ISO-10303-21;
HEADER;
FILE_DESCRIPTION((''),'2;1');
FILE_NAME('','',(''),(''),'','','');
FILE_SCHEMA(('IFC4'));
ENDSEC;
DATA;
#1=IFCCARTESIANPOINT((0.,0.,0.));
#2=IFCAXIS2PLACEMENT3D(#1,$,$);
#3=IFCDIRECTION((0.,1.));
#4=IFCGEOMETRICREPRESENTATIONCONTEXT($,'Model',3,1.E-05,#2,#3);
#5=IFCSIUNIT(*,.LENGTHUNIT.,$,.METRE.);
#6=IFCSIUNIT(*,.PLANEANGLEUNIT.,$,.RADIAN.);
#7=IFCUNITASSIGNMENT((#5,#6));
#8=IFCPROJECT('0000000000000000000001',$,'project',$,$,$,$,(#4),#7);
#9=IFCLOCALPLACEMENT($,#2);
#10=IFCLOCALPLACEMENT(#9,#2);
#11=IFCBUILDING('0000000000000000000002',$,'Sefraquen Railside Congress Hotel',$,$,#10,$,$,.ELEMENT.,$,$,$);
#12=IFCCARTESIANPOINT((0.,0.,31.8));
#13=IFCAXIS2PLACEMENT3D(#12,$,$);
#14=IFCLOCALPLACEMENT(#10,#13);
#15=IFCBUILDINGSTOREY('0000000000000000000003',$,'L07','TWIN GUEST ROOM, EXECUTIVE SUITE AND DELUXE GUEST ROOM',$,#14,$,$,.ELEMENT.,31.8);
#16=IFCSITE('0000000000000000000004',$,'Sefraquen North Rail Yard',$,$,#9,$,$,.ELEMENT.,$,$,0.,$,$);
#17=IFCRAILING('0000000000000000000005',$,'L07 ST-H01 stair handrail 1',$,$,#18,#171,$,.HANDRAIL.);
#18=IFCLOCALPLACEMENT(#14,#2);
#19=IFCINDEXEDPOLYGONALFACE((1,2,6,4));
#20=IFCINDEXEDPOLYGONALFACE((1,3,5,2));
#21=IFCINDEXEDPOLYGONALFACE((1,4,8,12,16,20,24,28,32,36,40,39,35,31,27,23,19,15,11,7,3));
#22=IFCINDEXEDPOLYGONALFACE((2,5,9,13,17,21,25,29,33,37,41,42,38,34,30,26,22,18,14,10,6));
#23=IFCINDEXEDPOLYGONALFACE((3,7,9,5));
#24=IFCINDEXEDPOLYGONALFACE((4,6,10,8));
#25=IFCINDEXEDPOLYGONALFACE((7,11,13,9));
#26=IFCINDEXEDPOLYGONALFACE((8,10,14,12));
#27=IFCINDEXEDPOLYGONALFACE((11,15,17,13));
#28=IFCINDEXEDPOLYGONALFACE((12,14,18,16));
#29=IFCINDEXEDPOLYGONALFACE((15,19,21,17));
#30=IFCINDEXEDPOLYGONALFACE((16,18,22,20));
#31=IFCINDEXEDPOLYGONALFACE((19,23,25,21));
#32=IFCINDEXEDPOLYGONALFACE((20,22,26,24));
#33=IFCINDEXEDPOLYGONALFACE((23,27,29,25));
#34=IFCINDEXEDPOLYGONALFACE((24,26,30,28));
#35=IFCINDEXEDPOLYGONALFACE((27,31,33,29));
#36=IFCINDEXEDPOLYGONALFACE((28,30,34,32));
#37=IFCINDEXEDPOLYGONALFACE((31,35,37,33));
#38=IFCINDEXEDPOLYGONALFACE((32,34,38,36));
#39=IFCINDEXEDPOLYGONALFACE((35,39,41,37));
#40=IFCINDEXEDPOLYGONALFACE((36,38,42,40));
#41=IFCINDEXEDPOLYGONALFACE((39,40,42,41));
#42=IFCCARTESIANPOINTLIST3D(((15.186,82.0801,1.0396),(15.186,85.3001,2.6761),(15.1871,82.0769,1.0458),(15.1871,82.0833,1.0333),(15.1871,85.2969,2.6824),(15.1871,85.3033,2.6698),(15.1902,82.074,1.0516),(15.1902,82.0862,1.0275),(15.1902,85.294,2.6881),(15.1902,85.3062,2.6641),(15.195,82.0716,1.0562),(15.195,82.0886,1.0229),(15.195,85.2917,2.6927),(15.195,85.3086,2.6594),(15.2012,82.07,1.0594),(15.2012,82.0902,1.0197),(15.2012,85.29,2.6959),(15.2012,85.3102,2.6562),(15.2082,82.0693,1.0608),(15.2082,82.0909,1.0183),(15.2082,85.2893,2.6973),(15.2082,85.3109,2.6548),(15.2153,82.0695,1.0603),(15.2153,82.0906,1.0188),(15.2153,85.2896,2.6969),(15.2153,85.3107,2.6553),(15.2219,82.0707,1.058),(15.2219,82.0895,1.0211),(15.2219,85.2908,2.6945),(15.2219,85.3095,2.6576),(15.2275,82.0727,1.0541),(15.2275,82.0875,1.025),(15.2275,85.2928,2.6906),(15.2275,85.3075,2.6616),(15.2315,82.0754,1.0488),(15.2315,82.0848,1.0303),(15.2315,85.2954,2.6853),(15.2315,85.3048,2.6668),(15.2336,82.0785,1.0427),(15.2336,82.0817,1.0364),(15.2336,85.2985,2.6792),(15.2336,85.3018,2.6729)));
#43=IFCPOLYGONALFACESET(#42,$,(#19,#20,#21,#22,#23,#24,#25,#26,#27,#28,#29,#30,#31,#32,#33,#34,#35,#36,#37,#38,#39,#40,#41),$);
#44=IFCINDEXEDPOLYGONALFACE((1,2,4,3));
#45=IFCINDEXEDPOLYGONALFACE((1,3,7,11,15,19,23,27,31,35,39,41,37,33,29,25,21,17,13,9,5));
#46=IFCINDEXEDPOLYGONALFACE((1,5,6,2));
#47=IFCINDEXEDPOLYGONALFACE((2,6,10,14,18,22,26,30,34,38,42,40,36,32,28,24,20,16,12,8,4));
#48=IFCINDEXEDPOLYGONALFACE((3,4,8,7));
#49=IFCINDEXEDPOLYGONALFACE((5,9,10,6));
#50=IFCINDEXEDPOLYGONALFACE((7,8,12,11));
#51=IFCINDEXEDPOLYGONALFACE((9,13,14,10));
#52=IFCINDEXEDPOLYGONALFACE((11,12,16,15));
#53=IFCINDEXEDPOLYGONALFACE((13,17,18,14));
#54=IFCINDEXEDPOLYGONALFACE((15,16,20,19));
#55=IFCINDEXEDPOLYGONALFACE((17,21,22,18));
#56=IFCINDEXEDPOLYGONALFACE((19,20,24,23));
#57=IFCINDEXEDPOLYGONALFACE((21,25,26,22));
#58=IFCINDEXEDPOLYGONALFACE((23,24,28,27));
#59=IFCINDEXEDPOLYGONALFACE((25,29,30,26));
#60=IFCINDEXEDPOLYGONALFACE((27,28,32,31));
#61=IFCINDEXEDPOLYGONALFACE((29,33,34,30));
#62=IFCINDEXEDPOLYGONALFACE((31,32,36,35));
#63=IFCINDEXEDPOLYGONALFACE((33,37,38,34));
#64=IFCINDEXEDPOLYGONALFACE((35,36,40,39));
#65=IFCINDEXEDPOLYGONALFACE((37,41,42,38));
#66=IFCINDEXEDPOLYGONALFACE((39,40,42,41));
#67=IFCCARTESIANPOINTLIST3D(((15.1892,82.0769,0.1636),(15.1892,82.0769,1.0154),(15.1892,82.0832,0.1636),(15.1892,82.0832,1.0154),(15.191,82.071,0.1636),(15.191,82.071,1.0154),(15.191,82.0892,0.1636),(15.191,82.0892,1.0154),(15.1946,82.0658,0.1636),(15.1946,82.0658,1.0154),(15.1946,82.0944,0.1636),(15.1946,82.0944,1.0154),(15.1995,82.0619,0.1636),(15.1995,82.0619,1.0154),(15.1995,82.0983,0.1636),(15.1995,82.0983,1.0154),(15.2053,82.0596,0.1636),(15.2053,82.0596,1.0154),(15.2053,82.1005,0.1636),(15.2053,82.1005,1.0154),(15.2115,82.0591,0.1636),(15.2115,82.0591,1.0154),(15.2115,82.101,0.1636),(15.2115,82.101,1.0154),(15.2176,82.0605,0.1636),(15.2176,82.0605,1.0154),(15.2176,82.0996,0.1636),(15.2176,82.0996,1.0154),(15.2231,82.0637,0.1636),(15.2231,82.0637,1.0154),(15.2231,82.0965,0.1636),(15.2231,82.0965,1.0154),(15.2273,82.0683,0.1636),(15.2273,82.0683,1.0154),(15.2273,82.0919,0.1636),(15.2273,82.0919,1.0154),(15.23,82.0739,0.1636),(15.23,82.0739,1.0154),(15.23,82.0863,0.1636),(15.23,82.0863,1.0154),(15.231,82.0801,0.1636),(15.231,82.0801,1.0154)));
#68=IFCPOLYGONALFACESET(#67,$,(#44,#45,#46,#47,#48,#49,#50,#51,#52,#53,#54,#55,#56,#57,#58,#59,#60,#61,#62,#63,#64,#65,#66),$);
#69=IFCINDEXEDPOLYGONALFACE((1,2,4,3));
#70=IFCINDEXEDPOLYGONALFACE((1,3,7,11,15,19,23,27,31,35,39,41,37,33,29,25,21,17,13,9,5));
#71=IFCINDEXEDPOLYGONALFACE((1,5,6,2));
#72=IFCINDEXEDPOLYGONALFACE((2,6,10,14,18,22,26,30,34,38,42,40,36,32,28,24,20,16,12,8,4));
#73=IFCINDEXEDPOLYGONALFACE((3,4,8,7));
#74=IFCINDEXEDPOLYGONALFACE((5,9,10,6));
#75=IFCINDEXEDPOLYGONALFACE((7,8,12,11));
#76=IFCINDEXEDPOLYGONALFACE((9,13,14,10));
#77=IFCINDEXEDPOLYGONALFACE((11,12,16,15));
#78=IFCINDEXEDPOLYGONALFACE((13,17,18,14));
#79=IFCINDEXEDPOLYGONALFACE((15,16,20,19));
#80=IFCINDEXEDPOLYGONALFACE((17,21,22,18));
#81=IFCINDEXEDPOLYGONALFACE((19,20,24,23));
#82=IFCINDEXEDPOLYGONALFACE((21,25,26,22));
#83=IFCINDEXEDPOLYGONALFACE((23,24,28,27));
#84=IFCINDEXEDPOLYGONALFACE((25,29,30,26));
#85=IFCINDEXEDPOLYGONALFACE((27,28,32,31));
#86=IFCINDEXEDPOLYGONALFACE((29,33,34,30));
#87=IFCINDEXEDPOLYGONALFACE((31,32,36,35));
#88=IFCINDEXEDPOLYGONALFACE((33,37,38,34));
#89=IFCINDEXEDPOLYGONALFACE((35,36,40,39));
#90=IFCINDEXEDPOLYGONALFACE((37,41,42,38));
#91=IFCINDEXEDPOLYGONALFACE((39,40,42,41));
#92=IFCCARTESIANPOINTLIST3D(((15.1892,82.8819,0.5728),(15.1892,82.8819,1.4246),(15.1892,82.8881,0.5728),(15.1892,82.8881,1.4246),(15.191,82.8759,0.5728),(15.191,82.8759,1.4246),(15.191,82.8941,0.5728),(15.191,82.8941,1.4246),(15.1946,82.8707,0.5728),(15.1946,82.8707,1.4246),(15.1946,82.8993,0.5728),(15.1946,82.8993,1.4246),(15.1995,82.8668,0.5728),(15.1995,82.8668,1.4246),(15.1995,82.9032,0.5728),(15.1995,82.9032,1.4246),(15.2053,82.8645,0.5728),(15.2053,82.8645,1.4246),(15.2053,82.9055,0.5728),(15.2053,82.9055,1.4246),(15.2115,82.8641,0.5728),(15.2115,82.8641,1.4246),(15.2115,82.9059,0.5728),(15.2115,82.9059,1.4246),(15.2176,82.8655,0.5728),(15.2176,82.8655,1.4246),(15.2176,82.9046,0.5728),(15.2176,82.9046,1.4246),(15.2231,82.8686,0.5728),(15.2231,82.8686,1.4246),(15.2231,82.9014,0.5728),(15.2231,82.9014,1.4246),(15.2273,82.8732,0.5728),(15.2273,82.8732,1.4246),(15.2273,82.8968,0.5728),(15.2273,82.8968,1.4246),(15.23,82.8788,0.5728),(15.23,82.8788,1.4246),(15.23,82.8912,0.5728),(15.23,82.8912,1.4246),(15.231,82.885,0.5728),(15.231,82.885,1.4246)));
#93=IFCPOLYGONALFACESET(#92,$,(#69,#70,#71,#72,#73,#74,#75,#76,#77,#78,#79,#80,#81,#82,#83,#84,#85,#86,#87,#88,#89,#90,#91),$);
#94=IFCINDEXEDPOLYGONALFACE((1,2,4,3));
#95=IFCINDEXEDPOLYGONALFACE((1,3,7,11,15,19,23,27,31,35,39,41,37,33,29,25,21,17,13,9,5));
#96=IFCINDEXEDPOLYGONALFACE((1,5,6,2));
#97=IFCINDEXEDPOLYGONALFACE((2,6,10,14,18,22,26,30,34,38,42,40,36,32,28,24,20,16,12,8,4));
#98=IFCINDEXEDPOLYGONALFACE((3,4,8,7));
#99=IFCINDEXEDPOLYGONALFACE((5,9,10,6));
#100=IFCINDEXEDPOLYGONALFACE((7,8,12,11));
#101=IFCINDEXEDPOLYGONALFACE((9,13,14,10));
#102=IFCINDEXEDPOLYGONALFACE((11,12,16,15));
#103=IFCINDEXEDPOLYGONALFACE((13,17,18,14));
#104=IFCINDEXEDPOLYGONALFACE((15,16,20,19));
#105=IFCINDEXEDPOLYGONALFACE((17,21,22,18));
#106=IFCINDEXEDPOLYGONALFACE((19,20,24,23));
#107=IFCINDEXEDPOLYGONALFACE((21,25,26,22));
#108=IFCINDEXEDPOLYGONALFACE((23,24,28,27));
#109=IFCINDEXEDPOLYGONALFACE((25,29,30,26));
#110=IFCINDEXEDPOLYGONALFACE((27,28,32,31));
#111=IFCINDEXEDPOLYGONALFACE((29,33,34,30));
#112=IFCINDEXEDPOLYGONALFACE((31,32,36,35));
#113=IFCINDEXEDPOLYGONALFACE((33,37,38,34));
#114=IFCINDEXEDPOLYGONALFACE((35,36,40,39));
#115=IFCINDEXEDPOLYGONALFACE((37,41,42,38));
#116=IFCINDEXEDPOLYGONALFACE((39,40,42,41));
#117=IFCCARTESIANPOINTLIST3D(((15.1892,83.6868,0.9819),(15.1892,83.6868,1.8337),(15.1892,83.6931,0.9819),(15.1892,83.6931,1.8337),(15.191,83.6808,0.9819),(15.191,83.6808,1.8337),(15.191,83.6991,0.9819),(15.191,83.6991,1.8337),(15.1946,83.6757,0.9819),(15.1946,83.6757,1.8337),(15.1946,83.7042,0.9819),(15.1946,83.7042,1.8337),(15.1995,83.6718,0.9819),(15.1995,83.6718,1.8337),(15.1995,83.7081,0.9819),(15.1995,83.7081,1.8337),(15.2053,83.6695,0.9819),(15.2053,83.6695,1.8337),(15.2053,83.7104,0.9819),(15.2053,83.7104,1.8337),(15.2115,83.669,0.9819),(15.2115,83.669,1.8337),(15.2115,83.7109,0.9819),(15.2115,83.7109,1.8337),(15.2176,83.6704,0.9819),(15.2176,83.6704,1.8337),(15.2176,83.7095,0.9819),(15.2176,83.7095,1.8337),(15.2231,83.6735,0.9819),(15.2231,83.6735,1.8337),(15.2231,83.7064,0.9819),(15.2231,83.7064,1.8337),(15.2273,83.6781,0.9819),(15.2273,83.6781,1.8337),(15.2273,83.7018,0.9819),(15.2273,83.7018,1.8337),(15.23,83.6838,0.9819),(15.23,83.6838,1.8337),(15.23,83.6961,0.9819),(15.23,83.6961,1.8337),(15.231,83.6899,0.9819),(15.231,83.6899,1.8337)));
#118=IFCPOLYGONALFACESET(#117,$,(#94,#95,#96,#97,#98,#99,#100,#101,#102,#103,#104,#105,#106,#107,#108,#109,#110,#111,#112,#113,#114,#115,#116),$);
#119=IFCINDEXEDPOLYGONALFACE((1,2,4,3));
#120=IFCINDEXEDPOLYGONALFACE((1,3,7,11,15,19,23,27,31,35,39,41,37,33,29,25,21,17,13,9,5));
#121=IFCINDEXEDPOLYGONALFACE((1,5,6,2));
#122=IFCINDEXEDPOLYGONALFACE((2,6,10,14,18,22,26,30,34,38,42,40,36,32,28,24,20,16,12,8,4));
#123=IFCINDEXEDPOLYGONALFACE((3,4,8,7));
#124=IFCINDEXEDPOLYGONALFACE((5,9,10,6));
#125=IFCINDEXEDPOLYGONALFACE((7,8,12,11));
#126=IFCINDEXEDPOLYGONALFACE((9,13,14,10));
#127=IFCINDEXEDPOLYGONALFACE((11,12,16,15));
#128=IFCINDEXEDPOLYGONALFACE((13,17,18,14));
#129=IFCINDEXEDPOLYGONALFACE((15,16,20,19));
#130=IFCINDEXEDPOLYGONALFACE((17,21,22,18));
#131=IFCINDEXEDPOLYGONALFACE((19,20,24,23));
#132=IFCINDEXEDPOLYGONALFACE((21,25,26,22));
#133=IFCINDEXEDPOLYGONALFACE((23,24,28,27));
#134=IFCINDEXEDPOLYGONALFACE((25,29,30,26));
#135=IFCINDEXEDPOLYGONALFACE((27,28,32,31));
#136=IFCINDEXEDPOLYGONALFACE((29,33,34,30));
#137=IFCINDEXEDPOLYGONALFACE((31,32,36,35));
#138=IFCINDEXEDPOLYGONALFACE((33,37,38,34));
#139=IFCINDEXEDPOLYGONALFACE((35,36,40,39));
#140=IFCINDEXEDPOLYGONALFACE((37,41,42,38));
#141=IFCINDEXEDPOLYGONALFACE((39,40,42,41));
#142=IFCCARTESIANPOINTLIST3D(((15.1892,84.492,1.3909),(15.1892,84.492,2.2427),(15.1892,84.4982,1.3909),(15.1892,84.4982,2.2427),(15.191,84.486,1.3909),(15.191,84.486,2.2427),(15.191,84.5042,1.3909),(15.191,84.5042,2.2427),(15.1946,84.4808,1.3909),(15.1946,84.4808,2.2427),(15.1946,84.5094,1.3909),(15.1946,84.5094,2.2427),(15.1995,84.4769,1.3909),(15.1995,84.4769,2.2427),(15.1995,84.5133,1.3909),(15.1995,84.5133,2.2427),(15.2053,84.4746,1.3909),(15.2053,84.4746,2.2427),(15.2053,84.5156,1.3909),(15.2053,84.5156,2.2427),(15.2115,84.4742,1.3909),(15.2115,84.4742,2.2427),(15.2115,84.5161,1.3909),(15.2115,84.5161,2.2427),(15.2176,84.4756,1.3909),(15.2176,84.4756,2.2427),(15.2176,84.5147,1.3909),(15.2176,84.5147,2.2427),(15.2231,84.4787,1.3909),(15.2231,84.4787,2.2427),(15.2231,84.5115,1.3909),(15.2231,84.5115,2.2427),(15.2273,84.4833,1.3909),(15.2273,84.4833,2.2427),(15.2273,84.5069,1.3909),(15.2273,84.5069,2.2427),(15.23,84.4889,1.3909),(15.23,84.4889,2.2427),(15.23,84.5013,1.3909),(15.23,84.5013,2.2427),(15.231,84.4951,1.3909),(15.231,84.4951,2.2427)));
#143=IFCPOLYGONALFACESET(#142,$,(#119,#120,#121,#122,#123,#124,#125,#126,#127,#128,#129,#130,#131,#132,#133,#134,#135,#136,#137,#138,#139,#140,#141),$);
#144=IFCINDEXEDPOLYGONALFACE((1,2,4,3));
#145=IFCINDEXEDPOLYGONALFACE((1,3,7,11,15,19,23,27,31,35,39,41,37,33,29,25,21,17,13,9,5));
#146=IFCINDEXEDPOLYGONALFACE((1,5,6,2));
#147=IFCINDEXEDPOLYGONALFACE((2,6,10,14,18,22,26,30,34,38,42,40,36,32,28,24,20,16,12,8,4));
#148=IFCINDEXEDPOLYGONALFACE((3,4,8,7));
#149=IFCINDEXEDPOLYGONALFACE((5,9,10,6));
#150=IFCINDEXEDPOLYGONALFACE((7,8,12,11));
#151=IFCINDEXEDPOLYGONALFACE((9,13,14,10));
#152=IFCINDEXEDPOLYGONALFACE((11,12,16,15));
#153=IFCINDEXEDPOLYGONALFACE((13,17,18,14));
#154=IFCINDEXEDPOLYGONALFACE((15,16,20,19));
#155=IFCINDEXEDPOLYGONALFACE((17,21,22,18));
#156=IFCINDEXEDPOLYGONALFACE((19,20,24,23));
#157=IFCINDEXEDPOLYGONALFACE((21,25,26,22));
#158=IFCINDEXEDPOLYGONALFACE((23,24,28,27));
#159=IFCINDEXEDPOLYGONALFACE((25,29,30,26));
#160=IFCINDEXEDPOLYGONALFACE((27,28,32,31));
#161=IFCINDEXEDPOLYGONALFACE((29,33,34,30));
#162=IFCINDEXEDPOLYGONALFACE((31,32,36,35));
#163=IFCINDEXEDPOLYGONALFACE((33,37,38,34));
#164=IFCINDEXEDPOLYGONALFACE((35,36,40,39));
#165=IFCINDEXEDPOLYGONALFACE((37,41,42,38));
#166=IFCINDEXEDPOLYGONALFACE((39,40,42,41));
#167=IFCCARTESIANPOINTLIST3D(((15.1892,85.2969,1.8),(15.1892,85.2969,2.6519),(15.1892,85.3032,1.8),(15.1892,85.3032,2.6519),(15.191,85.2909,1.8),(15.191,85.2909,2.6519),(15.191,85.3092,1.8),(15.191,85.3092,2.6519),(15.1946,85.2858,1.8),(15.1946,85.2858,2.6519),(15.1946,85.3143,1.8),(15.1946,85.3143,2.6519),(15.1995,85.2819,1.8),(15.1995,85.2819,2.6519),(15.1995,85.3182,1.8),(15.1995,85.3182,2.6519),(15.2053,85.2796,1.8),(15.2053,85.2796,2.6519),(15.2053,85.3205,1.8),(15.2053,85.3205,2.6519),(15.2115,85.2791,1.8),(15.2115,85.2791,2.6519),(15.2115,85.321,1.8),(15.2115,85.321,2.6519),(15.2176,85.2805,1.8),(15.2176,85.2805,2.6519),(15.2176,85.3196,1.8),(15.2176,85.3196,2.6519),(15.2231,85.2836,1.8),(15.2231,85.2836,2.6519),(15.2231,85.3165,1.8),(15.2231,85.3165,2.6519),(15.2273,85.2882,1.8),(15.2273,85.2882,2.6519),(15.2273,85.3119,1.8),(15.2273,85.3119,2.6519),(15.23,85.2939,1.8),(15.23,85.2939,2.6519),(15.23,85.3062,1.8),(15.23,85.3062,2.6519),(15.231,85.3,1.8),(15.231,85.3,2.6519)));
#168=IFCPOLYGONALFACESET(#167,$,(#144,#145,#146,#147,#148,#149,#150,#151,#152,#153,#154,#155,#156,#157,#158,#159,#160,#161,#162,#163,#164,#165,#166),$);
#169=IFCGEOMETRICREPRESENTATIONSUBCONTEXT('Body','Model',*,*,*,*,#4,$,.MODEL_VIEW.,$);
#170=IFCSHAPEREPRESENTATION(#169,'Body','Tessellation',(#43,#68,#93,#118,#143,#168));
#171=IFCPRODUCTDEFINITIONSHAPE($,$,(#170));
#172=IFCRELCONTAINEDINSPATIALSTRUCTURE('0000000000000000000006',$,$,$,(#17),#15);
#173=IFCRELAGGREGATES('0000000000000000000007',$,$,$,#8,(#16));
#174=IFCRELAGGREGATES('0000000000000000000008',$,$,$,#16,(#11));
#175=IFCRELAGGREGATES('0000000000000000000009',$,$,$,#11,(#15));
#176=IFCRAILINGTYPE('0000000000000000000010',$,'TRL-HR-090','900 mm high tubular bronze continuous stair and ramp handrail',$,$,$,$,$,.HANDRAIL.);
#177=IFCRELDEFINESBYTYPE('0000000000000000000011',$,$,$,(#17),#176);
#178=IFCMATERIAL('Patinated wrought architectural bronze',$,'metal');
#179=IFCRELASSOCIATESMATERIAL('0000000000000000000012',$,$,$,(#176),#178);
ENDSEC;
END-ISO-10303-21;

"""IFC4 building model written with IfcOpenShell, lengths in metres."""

from ifc_helpers import new_model, si_unit, direction, frame, origin, origin_2d, place, context, subcontext, project, spatial, circle, extrude, material, type_object, element, save


model = new_model("IFC4")

# Units and contexts
model_context = context("Model", 3, precision=1e-05, world=origin(), true_north=direction((0.0, 1.0)))
body_context = subcontext(model_context, "Body", "Model", "MODEL_VIEW")
ifc_project = project(units=[si_unit("LENGTHUNIT", "METRE"), si_unit("PLANEANGLEUNIT", "RADIAN")], contexts=[model_context])

# Site, building, storey
site_placement = place(None, origin())
site = spatial("IfcSite", under=ifc_project, at=site_placement, Name="Sefraquen North Rail Yard", CompositionType="ELEMENT", RefElevation=0.0)
building_placement = place(site_placement, origin())
building = spatial("IfcBuilding", under=site, at=building_placement, Name="Sefraquen Railside Congress Hotel", CompositionType="ELEMENT")
storey_placement = place(building_placement, frame((0.0, 0.0, 31.8)))
storey = spatial("IfcBuildingStorey", under=building, at=storey_placement, Name="L07", Description="TWIN GUEST ROOM, EXECUTIVE SUITE AND DELUXE GUEST ROOM", CompositionType="ELEMENT", Elevation=31.8)

# Railing
ifc_material_1 = material(Name="Patinated wrought architectural bronze", Category="metal")
railing_type_1 = type_object("IfcRailingType", Name="TRL-HR-090", Description="900 mm high tubular bronze continuous stair and ramp handrail", PredefinedType="HANDRAIL", material=ifc_material_1)
railing_1_placement = place(storey_placement, frame((15.21, 82.0801, 0.1636)))
element("IfcRailing", 1, at=railing_1_placement, inside=storey, type_object=railing_type_1, Name="L07 ST-H01 stair handrail 1", PredefinedType="HANDRAIL", context=body_context, shape_type="SweptSolid", body=[
    extrude(circle(Radius=0.0239, at=origin_2d()), frame((0.0, 0.0, 0.876), z_axis=(0.0, 0.891474, 0.453071), x_axis=(-1.0, 0.0, 0.0)), (0.0, 0.0, 1.0), 3.6121),
    extrude(circle(Radius=0.021, at=origin_2d()), origin(), (0.0, 0.0, 1.0), 0.8518),
    extrude(circle(Radius=0.021, at=origin_2d()), frame((0.0, 0.8049, 0.4092)), (0.0, 0.0, 1.0), 0.8518),
    extrude(circle(Radius=0.021, at=origin_2d()), frame((0.0, 1.6099, 0.8184)), (0.0, 0.0, 1.0), 0.8518),
    extrude(circle(Radius=0.021, at=origin_2d()), frame((0.0, 2.415, 1.2273)), (0.0, 0.0, 1.0), 0.8518),
    extrude(circle(Radius=0.021, at=origin_2d()), frame((0.0, 3.22, 1.6365)), (0.0, 0.0, 1.0), 0.8518),
])

save(model, "model.ifc")
